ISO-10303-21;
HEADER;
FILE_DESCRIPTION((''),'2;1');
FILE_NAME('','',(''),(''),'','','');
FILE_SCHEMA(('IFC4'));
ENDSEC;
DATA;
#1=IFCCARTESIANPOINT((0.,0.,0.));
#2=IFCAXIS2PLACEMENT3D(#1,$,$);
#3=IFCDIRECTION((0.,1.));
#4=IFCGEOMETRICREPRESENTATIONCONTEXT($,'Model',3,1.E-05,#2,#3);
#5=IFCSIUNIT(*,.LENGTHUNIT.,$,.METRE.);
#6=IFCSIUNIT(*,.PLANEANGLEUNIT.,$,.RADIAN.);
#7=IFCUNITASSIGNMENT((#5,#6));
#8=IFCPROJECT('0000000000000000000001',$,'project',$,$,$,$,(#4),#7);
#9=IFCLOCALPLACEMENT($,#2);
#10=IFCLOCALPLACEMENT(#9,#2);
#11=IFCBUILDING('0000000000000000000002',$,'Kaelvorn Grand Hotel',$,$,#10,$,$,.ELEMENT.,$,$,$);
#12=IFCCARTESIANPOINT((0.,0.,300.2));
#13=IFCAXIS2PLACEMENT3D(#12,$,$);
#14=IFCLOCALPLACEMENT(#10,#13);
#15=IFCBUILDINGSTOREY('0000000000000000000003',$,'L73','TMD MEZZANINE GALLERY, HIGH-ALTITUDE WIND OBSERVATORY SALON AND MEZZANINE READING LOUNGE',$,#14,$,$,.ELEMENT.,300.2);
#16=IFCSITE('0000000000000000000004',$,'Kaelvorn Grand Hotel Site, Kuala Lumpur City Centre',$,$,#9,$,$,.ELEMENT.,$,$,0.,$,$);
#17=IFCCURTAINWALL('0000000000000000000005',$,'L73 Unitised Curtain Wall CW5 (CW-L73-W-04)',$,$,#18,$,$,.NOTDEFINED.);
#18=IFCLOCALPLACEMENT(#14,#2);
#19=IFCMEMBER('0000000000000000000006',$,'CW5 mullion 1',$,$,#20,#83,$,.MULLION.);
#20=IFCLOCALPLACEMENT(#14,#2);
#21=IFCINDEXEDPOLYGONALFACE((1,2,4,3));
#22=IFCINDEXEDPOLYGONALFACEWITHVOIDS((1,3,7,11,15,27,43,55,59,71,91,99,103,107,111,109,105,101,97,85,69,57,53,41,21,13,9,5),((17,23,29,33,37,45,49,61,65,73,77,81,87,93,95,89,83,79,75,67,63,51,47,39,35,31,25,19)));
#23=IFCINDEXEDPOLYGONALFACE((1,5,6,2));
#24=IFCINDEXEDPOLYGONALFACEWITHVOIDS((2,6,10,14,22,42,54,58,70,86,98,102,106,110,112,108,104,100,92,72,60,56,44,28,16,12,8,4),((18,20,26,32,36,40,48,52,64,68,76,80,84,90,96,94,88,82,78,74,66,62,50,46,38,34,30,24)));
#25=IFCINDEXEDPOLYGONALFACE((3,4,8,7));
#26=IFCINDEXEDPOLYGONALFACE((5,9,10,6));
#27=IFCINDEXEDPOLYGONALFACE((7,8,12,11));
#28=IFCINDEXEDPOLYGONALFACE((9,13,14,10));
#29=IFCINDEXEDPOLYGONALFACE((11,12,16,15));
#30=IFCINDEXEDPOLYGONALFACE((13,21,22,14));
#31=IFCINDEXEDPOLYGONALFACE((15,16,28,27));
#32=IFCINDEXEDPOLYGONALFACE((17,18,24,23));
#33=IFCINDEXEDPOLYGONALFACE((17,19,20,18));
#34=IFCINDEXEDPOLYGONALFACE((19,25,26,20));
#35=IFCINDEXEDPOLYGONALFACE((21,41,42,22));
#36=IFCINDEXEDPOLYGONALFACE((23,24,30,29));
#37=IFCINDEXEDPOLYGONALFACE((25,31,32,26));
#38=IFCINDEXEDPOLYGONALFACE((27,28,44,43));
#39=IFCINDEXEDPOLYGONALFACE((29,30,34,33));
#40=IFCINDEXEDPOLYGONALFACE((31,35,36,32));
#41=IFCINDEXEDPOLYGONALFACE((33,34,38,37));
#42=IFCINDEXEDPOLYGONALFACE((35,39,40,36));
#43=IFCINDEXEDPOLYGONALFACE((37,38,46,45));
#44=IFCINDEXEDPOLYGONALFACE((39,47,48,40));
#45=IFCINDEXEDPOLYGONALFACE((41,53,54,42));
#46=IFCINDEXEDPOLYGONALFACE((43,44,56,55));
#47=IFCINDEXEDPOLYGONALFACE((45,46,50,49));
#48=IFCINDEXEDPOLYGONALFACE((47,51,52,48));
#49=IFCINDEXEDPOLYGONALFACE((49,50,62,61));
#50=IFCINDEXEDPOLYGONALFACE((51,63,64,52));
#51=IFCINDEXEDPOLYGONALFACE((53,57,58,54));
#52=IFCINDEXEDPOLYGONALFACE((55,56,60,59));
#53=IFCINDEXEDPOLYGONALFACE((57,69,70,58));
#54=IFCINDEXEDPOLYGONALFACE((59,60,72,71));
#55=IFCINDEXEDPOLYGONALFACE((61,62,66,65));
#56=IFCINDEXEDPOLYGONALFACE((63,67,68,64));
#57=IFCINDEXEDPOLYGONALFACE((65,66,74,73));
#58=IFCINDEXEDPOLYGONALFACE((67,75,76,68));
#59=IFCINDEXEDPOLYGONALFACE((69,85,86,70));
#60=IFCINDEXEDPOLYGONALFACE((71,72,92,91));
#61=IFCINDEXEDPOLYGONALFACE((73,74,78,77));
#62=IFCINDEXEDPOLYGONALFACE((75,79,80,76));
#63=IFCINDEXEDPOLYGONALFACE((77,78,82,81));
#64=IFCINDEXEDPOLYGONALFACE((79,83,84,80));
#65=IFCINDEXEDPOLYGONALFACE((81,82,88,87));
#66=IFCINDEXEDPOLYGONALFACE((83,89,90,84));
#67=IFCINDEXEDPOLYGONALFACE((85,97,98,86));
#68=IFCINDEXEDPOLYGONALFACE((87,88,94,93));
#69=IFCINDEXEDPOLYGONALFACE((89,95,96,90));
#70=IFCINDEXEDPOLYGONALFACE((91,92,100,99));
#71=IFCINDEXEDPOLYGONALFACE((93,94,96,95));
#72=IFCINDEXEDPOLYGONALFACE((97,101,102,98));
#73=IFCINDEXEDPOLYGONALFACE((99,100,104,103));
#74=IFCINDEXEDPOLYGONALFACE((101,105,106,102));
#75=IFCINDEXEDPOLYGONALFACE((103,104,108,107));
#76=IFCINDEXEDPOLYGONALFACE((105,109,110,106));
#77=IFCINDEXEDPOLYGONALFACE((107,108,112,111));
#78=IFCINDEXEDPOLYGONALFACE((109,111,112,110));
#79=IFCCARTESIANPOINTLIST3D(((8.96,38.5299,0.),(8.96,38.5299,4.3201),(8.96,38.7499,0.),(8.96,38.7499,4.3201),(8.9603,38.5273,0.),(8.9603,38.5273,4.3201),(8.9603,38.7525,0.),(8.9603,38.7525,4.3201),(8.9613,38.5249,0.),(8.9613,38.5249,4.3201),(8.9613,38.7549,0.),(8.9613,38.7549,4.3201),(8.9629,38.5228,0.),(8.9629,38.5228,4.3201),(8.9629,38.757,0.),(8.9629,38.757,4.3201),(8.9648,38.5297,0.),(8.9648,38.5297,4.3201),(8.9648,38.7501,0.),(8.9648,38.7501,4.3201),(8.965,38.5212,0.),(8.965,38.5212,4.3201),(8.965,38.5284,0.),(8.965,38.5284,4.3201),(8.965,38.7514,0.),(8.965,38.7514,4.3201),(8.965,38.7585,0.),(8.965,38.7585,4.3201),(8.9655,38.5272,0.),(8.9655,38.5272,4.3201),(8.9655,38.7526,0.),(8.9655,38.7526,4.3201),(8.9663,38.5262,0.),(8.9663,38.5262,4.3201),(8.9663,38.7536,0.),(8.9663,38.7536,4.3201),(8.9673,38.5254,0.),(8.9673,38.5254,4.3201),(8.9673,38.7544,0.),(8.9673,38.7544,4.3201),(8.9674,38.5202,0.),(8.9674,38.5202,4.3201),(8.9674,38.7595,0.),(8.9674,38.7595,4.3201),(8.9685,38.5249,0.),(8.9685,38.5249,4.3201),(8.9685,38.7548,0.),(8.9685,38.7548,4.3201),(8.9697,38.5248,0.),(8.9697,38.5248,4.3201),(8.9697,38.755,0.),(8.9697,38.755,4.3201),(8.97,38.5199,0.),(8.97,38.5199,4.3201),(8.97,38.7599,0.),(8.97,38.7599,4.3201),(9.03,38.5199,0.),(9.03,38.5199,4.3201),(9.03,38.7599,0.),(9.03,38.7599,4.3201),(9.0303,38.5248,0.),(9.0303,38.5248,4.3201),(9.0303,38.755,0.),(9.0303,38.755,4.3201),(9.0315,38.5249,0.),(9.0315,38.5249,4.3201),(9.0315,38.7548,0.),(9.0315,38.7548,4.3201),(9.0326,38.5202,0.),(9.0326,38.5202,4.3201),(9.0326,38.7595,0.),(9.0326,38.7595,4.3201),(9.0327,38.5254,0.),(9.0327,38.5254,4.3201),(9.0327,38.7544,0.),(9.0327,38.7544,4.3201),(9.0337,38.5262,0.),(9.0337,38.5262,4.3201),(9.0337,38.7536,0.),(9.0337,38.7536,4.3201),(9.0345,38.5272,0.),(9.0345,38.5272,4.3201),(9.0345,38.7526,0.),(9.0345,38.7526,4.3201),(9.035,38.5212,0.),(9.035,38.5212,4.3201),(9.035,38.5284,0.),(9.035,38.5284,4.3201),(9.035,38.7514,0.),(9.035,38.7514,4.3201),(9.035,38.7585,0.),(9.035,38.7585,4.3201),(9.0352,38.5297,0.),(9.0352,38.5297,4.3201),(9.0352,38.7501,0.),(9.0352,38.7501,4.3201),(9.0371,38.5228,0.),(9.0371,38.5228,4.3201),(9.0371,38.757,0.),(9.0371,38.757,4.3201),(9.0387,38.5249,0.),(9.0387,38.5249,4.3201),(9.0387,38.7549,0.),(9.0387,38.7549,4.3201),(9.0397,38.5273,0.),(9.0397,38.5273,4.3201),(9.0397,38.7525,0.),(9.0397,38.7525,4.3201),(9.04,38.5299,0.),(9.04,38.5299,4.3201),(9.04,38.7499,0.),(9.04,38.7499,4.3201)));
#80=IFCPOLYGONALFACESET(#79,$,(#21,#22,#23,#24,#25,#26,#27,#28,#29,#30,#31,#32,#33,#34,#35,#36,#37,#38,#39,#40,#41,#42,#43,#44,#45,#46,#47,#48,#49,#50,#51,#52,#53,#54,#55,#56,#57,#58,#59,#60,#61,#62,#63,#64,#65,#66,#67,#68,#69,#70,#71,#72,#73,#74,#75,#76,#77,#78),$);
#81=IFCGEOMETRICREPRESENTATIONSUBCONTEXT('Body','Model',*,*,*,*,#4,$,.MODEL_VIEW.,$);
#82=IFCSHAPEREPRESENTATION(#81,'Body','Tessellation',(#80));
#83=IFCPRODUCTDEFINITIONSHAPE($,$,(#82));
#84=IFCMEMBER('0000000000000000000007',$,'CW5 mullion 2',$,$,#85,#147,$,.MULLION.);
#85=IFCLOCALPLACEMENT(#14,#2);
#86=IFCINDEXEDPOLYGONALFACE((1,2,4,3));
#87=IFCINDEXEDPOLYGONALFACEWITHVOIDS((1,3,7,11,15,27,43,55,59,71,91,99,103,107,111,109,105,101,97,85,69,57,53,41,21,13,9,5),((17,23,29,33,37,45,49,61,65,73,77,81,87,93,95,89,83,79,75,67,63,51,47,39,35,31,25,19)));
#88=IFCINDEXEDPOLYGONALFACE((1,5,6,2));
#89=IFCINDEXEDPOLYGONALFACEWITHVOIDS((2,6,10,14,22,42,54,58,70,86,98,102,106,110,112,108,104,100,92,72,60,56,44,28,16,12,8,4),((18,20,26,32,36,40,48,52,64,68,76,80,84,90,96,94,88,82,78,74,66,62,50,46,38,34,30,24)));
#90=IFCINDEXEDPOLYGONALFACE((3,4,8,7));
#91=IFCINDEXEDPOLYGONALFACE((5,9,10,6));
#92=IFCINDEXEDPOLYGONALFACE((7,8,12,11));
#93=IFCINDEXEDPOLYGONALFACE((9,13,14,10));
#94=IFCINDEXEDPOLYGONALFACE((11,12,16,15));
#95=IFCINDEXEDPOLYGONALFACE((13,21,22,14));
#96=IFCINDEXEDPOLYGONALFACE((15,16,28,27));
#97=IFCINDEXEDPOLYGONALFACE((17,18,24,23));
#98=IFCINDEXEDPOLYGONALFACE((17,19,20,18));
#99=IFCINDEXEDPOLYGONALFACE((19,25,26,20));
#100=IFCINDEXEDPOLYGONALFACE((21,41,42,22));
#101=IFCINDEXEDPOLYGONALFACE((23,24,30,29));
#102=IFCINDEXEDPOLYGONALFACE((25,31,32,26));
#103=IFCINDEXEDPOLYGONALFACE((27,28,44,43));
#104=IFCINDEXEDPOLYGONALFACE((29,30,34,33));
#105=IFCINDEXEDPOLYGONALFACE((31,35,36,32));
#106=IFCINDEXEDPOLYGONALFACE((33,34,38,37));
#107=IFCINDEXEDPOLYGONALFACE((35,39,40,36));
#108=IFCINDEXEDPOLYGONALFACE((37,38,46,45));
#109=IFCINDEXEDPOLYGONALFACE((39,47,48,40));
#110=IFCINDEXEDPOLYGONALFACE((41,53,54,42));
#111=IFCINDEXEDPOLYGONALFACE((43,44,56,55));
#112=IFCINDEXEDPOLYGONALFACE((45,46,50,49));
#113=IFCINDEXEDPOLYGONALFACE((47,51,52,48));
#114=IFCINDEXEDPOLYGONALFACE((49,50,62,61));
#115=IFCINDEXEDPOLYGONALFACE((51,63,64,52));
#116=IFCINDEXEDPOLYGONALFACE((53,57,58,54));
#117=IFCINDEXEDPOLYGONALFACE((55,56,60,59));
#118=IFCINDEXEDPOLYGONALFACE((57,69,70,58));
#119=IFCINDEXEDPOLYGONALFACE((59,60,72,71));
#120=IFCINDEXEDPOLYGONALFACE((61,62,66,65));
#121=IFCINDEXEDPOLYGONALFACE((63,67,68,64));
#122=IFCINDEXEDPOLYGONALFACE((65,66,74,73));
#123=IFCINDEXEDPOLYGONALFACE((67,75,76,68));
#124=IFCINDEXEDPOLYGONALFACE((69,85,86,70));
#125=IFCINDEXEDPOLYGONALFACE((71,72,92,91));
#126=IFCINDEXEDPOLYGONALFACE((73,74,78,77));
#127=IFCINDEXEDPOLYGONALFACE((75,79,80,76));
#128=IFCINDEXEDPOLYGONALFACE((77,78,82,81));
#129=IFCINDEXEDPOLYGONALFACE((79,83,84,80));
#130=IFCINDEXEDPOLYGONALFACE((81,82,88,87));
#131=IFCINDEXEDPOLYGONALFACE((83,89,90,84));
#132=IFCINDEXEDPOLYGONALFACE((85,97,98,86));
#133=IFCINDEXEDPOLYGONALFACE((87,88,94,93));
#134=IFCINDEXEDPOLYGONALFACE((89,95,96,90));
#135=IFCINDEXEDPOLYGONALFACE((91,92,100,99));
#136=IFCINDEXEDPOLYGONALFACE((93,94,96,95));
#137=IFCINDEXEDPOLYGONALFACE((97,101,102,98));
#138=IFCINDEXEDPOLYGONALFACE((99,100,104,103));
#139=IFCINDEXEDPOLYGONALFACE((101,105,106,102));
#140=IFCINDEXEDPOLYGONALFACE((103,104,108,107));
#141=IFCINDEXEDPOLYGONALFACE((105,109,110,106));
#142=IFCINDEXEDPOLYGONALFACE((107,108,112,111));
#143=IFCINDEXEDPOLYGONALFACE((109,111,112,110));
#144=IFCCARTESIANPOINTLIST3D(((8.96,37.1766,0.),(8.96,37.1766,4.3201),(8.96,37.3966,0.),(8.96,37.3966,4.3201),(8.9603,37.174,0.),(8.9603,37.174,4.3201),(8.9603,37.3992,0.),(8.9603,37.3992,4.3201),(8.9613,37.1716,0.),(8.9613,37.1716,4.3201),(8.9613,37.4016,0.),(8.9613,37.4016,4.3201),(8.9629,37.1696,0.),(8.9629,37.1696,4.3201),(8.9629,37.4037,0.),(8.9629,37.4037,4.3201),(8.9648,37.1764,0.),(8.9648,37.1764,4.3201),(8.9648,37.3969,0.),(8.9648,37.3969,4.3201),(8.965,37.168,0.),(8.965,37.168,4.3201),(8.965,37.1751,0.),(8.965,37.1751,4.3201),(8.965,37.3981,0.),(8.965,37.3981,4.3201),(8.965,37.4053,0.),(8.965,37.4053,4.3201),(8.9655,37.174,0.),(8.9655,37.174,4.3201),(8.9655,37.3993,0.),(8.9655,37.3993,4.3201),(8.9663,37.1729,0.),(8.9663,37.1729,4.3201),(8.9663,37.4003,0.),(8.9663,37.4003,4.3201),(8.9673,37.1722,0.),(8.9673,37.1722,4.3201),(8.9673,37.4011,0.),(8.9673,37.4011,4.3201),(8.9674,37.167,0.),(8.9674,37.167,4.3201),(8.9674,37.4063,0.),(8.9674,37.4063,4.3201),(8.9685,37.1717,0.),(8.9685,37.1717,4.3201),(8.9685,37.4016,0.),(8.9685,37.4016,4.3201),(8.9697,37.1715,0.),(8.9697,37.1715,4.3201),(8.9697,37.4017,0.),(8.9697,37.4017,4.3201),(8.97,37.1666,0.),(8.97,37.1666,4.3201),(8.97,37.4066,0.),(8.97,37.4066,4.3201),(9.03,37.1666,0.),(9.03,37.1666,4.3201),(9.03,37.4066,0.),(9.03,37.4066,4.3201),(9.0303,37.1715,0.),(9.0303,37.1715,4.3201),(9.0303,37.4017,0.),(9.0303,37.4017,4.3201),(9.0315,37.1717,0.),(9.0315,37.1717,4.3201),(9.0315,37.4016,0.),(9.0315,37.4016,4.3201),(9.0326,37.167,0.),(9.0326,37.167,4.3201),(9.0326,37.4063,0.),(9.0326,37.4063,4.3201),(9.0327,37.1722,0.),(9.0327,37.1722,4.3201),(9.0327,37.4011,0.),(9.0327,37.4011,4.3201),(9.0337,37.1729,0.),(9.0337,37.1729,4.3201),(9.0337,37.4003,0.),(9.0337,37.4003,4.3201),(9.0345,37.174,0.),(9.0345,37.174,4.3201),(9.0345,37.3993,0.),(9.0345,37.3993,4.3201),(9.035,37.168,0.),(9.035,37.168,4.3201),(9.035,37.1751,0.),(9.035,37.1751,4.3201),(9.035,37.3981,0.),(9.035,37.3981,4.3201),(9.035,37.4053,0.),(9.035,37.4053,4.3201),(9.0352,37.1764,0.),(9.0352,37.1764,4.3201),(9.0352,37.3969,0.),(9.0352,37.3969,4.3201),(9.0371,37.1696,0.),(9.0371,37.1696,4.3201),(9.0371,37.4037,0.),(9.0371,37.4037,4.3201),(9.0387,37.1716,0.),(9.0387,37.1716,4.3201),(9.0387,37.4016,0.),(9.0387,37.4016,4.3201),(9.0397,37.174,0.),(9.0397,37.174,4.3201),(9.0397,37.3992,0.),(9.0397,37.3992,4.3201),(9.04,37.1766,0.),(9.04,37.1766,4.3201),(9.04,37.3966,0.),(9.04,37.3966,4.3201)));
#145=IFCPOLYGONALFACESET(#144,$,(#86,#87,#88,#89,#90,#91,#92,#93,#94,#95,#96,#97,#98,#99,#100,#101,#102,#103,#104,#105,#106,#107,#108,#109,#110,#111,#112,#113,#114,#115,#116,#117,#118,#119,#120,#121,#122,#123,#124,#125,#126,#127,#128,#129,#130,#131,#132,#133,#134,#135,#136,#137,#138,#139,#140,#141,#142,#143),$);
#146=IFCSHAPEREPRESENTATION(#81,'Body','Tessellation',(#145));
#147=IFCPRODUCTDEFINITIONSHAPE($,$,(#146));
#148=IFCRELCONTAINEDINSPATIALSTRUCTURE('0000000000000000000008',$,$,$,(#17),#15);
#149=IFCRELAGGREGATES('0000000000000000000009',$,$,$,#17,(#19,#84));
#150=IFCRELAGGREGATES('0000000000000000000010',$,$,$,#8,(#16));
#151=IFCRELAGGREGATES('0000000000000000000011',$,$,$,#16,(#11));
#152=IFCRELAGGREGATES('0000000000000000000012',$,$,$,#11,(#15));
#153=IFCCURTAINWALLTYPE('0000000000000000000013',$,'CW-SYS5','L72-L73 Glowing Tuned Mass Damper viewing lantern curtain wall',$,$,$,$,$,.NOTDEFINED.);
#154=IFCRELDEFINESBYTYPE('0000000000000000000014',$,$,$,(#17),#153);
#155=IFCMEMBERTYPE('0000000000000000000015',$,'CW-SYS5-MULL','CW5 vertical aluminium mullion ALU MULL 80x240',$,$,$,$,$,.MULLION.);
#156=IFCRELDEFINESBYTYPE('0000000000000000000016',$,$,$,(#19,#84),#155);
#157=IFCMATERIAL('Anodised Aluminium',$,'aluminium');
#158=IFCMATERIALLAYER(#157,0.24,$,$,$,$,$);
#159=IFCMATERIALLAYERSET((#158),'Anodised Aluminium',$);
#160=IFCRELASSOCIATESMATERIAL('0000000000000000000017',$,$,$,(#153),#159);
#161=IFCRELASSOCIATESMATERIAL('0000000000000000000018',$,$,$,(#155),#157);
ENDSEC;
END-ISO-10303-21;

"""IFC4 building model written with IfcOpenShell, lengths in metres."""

from ifc_helpers import new_model, si_unit, direction, frame, origin, origin_2d, place, context, subcontext, project, spatial, hollow_rectangle, extrude, material, layer, layer_set, material_profile, profile_set, type_object, element, aggregate, save


model = new_model("IFC4")

# Units and contexts
model_context = context("Model", 3, precision=1e-05, world=origin(), true_north=direction((0.0, 1.0)))
body_context = subcontext(model_context, "Body", "Model", "MODEL_VIEW")
ifc_project = project(units=[si_unit("LENGTHUNIT", "METRE"), si_unit("PLANEANGLEUNIT", "RADIAN")], contexts=[model_context])

# Site, building, storey
site_placement = place(None, origin())
site = spatial("IfcSite", under=ifc_project, at=site_placement, Name="Kaelvorn Grand Hotel Site, Kuala Lumpur City Centre", CompositionType="ELEMENT", RefElevation=0.0)
building_placement = place(site_placement, origin())
building = spatial("IfcBuilding", under=site, at=building_placement, Name="Kaelvorn Grand Hotel", CompositionType="ELEMENT")
storey_placement = place(building_placement, frame((0.0, 0.0, 300.2)))
storey = spatial("IfcBuildingStorey", under=building, at=storey_placement, Name="L73", Description="TMD MEZZANINE GALLERY, HIGH-ALTITUDE WIND OBSERVATORY SALON AND MEZZANINE READING LOUNGE", CompositionType="ELEMENT", Elevation=300.2)

# Shared definitions
ifc_material_1 = material(Name="Anodised Aluminium", Category="aluminium")
ifc_layer_1 = layer(ifc_material_1, 0.24)
ifc_layer_set_1 = layer_set([ifc_layer_1], Name="Anodised Aluminium")
curtain_wall_type = type_object("IfcCurtainWallType", Name="CW-SYS5", Description="L72-L73 Glowing Tuned Mass Damper viewing lantern curtain wall", PredefinedType="NOTDEFINED", material=ifc_layer_set_1)
ifc_material_profile_1 = material_profile(ifc_material_1, hollow_rectangle(XDim=0.0801, YDim=0.24, WallThickness=0.0049, InnerFilletRadius=0.0049, OuterFilletRadius=0.01, at=origin_2d()), Name="ALU MULL 80x240")
ifc_profile_set_1 = profile_set([ifc_material_profile_1], Name="Anodised Aluminium")
member_type_1 = type_object("IfcMemberType", Name="CW-SYS5-MULL", Description="CW5 vertical aluminium mullion ALU MULL 80x240", PredefinedType="MULLION", material=ifc_profile_set_1)

# Curtain wall, members
curtain_wall_1_placement = place(storey_placement, origin())
curtain_wall_1 = element("IfcCurtainWall", 1, at=curtain_wall_1_placement, inside=storey, type_object=curtain_wall_type, Name="L73 Unitised Curtain Wall CW5 (CW-L73-W-04)", PredefinedType="NOTDEFINED")
member_1_placement = place(storey_placement, frame((9.0, 38.6399, 0.0), z_axis=(0.0, 0.0, 1.0), x_axis=(1.0, 0.0, 0.0)))
member_1 = element("IfcMember", 2, at=member_1_placement, type_object=member_type_1, Name="CW5 mullion 1", PredefinedType="MULLION", context=body_context, shape_type="SweptSolid", body=[
    extrude(hollow_rectangle(XDim=0.0801, YDim=0.24, WallThickness=0.0049, InnerFilletRadius=0.0049, OuterFilletRadius=0.01, at=origin_2d()), origin(), (0.0, 0.0, 1.0), 4.3201),
])
member_2_placement = place(storey_placement, frame((9.0, 37.2866, 0.0), z_axis=(0.0, 0.0, 1.0), x_axis=(1.0, 0.0, 0.0)))
member_2 = element("IfcMember", 3, at=member_2_placement, type_object=member_type_1, Name="CW5 mullion 2", PredefinedType="MULLION", context=body_context, shape_type="SweptSolid", body=[
    extrude(hollow_rectangle(XDim=0.0801, YDim=0.24, WallThickness=0.0049, InnerFilletRadius=0.0049, OuterFilletRadius=0.01, at=origin_2d()), origin(), (0.0, 0.0, 1.0), 4.3201),
])

aggregate(curtain_wall_1, [member_1, member_2])

save(model, "model.ifc")
